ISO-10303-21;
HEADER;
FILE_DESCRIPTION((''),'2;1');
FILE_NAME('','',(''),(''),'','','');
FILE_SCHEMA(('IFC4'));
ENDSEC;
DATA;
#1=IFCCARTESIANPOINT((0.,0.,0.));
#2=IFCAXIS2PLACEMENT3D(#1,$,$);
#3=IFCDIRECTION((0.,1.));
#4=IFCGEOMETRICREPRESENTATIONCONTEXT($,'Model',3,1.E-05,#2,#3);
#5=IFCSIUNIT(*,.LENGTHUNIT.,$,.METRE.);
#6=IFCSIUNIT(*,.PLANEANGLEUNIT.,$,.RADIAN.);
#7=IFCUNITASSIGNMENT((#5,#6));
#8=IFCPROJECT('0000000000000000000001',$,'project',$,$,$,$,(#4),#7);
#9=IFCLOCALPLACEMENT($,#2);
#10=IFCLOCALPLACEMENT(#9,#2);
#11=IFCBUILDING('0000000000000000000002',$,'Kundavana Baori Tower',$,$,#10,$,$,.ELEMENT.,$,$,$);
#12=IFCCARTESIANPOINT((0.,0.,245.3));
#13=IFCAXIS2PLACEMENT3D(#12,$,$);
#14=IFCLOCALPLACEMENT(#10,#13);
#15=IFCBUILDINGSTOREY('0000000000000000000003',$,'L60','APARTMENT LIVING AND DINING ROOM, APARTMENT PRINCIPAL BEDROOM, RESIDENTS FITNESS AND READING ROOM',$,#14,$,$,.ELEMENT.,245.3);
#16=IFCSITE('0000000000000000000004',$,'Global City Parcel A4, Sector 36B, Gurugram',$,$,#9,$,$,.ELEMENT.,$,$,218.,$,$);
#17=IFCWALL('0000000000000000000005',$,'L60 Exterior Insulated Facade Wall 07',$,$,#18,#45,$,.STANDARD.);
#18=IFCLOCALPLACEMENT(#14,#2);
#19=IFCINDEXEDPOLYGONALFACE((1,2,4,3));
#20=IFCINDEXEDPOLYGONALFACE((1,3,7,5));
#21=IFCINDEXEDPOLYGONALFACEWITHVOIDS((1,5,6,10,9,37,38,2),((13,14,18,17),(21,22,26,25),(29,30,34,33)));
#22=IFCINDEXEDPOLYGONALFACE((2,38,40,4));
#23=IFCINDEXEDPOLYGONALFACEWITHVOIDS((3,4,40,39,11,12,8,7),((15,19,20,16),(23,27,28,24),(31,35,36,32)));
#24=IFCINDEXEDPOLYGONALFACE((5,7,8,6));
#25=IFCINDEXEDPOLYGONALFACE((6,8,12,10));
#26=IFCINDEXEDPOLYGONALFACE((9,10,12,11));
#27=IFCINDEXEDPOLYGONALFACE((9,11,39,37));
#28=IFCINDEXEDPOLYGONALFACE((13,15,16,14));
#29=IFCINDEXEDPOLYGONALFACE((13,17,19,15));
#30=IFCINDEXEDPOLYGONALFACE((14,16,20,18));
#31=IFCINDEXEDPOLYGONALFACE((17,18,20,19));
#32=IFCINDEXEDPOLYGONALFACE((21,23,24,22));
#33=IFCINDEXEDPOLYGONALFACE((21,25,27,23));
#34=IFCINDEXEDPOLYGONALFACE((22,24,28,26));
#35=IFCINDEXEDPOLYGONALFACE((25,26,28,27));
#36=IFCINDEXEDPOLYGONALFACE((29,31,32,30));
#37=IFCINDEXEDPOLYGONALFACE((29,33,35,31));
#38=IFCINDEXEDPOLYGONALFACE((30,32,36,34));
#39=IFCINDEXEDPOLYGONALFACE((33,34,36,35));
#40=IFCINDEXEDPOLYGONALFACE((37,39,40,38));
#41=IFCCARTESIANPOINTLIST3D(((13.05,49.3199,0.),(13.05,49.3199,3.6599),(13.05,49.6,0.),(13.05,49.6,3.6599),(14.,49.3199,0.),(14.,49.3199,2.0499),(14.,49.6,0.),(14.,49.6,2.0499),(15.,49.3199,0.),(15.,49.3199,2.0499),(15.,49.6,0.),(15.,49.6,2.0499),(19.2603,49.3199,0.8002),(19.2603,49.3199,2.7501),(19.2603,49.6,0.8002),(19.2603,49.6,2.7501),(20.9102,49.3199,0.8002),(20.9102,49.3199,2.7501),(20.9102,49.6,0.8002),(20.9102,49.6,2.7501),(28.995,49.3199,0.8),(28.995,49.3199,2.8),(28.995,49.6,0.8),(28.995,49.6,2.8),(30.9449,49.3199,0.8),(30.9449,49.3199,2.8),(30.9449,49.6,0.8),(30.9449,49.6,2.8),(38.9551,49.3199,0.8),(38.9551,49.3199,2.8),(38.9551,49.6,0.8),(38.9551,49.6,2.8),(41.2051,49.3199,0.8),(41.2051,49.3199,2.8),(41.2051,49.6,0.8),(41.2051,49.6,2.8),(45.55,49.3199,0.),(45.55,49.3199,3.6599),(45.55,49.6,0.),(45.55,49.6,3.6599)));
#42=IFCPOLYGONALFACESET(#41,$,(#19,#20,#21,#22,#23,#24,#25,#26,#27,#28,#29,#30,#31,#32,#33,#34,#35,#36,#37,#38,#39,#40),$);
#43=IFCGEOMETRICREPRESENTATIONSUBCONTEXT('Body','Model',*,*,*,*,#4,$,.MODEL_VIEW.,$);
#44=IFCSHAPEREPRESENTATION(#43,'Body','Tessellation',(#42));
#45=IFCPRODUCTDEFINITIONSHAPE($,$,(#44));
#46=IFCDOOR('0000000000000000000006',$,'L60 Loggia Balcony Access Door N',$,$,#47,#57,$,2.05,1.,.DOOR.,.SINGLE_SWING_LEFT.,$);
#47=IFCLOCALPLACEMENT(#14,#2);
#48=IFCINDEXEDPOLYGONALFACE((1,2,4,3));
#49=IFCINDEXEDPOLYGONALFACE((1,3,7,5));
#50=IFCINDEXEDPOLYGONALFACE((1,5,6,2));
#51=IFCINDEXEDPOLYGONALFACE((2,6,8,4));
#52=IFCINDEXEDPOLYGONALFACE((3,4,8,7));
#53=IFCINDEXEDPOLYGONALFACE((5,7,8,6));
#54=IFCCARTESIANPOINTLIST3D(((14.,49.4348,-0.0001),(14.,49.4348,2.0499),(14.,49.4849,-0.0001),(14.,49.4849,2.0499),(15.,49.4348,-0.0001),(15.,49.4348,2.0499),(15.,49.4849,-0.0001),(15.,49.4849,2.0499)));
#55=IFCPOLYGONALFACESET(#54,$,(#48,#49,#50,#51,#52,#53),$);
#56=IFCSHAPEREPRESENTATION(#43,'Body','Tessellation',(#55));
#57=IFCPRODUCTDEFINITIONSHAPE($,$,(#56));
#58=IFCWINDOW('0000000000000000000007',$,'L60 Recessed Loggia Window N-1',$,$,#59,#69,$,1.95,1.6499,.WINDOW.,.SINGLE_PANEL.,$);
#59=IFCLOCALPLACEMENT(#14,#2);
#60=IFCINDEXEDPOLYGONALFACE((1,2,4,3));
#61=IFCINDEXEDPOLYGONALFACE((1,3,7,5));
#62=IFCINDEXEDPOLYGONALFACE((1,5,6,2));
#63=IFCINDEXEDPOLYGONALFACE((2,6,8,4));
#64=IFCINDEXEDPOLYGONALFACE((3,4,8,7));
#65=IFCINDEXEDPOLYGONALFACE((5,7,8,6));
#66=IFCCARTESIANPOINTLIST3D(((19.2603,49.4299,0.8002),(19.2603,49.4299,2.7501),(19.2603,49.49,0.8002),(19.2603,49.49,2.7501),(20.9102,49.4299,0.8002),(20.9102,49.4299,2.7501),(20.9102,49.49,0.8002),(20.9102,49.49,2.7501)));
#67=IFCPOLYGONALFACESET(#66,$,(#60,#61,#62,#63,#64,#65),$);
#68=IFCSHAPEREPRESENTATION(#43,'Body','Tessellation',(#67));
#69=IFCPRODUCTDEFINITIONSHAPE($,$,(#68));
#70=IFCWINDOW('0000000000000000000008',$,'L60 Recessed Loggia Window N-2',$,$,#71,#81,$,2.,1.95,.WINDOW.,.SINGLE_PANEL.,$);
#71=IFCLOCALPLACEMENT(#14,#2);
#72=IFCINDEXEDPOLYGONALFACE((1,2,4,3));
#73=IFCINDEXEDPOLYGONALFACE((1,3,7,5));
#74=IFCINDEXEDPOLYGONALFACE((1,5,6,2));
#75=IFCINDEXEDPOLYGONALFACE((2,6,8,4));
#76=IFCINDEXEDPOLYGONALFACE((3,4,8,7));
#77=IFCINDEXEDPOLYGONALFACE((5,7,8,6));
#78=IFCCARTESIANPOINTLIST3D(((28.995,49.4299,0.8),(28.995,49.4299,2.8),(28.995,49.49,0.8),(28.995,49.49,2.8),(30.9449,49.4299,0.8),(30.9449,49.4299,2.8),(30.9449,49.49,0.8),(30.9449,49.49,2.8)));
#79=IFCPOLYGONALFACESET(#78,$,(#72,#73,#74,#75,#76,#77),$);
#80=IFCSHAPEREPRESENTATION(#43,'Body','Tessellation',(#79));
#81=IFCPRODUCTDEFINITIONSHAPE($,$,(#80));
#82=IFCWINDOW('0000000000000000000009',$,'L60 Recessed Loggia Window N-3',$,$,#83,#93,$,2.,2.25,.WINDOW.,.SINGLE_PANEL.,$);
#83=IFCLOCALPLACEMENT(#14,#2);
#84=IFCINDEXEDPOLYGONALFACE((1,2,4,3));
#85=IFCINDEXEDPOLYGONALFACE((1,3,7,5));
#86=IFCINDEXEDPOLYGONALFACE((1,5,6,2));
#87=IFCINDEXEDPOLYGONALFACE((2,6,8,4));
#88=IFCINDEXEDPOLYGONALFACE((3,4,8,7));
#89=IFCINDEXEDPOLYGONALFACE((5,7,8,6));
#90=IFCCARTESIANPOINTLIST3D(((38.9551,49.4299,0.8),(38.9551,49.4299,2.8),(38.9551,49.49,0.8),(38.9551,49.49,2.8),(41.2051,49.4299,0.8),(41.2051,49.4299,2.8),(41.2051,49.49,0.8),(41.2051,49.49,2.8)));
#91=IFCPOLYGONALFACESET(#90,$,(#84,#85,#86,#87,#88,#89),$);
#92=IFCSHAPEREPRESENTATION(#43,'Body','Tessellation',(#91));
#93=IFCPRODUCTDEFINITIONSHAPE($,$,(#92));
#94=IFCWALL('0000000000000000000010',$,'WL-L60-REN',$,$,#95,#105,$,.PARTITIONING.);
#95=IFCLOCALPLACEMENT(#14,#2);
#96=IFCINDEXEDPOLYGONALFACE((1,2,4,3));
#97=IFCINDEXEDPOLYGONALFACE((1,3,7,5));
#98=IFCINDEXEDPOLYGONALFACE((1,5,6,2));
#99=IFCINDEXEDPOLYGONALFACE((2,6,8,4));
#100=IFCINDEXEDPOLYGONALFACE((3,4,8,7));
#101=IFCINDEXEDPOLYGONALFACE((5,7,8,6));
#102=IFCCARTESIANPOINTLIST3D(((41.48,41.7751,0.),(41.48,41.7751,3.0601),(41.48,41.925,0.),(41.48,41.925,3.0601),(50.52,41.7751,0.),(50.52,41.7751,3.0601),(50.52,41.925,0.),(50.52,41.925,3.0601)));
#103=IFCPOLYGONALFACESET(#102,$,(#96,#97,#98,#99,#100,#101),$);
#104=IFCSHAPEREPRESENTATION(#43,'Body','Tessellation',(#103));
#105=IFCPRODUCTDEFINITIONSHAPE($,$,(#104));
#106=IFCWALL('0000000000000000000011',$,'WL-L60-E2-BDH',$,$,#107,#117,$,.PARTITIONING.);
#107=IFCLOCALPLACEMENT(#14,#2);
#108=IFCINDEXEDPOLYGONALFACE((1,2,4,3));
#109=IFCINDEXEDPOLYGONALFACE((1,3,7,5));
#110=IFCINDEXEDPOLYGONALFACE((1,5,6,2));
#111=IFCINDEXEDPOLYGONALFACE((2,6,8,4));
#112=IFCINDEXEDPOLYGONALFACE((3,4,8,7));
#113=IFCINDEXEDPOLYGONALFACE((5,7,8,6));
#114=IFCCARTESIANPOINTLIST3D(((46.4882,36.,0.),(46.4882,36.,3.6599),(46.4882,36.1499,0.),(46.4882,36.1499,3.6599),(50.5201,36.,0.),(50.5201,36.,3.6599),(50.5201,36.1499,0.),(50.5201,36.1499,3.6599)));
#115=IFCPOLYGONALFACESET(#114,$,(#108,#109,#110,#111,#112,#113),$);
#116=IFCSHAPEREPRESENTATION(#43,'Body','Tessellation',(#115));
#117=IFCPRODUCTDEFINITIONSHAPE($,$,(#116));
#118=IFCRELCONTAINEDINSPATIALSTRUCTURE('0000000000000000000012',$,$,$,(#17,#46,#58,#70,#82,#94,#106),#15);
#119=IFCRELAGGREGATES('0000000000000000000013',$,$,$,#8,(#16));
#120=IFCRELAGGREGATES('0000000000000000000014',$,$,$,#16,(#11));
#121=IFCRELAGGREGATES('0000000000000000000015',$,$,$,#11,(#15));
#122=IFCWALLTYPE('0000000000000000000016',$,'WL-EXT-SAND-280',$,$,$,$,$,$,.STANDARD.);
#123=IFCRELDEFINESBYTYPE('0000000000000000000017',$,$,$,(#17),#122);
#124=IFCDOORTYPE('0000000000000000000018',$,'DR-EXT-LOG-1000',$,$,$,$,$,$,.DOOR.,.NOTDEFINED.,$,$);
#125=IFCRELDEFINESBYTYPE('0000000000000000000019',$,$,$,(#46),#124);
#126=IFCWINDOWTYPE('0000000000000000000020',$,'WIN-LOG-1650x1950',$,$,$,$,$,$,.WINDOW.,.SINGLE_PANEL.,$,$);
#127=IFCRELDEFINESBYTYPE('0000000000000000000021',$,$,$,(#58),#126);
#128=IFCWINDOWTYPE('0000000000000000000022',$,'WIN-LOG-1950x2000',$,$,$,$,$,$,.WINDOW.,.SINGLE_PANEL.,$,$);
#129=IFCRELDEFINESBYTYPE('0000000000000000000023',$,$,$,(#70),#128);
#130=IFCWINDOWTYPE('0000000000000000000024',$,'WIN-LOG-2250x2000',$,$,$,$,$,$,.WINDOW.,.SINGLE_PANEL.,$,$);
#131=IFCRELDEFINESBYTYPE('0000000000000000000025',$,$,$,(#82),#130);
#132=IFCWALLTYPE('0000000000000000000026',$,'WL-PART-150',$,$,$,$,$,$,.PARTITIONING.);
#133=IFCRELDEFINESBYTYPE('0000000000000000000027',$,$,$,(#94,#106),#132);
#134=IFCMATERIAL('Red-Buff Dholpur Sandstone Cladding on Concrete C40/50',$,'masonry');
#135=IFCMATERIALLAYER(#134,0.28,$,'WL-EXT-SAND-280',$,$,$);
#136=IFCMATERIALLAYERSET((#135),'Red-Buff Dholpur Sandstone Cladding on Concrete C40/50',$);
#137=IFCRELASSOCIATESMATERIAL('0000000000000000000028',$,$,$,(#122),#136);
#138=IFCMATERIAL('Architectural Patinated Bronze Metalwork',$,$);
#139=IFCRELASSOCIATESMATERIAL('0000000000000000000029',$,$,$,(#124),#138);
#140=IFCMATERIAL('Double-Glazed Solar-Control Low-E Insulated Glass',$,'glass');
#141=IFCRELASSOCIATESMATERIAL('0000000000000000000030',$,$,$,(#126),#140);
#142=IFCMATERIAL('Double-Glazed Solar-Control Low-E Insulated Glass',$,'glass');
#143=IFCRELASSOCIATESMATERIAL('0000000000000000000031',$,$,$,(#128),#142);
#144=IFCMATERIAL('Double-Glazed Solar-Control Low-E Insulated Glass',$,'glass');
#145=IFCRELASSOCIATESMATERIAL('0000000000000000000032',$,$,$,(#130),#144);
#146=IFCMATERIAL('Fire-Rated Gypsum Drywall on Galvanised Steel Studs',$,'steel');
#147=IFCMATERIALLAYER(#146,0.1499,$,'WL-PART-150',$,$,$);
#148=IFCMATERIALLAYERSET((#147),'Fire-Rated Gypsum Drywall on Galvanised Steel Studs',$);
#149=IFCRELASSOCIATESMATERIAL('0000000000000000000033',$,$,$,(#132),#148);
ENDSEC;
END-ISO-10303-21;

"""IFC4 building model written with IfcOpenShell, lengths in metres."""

from ifc_helpers import new_model, si_unit, direction, frame, frame_2d, origin, place, context, subcontext, project, spatial, rectangle, extrude, material, layer, layer_set, type_object, element, fill, save


model = new_model("IFC4")

# Units and contexts
model_context = context("Model", 3, precision=1e-05, world=origin(), true_north=direction((0.0, 1.0)))
body_context = subcontext(model_context, "Body", "Model", "MODEL_VIEW")
ifc_project = project(units=[si_unit("LENGTHUNIT", "METRE"), si_unit("PLANEANGLEUNIT", "RADIAN")], contexts=[model_context])

# Site, building, storey
site_placement = place(None, origin())
site = spatial("IfcSite", under=ifc_project, at=site_placement, Name="Global City Parcel A4, Sector 36B, Gurugram", CompositionType="ELEMENT", RefElevation=218.0)
building_placement = place(site_placement, origin())
building = spatial("IfcBuilding", under=site, at=building_placement, Name="Kundavana Baori Tower", CompositionType="ELEMENT")
storey_placement = place(building_placement, frame((0.0, 0.0, 245.3)))
storey = spatial("IfcBuildingStorey", under=building, at=storey_placement, Name="L60", Description="APARTMENT LIVING AND DINING ROOM, APARTMENT PRINCIPAL BEDROOM, RESIDENTS FITNESS AND READING ROOM", CompositionType="ELEMENT", Elevation=245.3)

# Shared definitions
ifc_material_1 = material(Name="Red-Buff Dholpur Sandstone Cladding on Concrete C40/50", Category="masonry")
ifc_layer_1 = layer(ifc_material_1, 0.28, Name="WL-EXT-SAND-280")
ifc_layer_set_1 = layer_set([ifc_layer_1], Name="Red-Buff Dholpur Sandstone Cladding on Concrete C40/50")
wall_type_1 = type_object("IfcWallType", Name="WL-EXT-SAND-280", PredefinedType="STANDARD", material=ifc_layer_set_1)

# Wall, openings, door, windows
wall_1_placement = place(storey_placement, frame((45.55, 49.46, 0.0), z_axis=(0.0, 0.0, 1.0), x_axis=(-1.0, 0.0, 0.0)))
wall_1 = element("IfcWall", 1, at=wall_1_placement, inside=storey, type_object=wall_type_1, Name="L60 Exterior Insulated Facade Wall 07", PredefinedType="STANDARD", context=body_context, shape_type="SweptSolid", body=[
    extrude(rectangle(XDim=32.5, YDim=0.28, at=frame_2d((16.25, 0.0))), origin(), (0.0, 0.0, 1.0), 3.6599),
])
opening_1_placement = place(wall_1_placement, frame((30.55, 0.0, 0.0)))
opening_1 = element("IfcOpeningElement", 2, at=opening_1_placement, cuts=wall_1, PredefinedType="OPENING", context=body_context, shape_type="SweptSolid", body=[
    extrude(rectangle(XDim=1.0, YDim=2.05, at=frame_2d((0.5, 1.0249))), frame((0.0, 0.1499, 0.0), z_axis=(0.0, -1.0, 0.0), x_axis=(1.0, 0.0, 0.0)), (0.0, 0.0, 1.0), 0.3),
])
opening_2_placement = place(wall_1_placement, frame((24.6399, 0.0, 0.8)))
opening_2 = element("IfcOpeningElement", 3, at=opening_2_placement, cuts=wall_1, PredefinedType="OPENING", context=body_context, shape_type="SweptSolid", body=[
    extrude(rectangle(XDim=1.6499, YDim=1.95, at=frame_2d((0.825, 0.9751))), frame((0.0, 0.1499, 0.0), z_axis=(0.0, -1.0, 0.0), x_axis=(1.0, 0.0, 0.0)), (0.0, 0.0, 1.0), 0.3),
])
opening_3_placement = place(wall_1_placement, frame((14.605, 0.0, 0.8)))
opening_3 = element("IfcOpeningElement", 4, at=opening_3_placement, cuts=wall_1, PredefinedType="OPENING", context=body_context, shape_type="SweptSolid", body=[
    extrude(rectangle(XDim=1.95, YDim=2.0, at=frame_2d((0.9751, 1.0))), frame((0.0, 0.1499, 0.0), z_axis=(0.0, -1.0, 0.0), x_axis=(1.0, 0.0, 0.0)), (0.0, 0.0, 1.0), 0.3),
])
opening_4_placement = place(wall_1_placement, frame((4.345, 0.0, 0.8)))
opening_4 = element("IfcOpeningElement", 5, at=opening_4_placement, cuts=wall_1, PredefinedType="OPENING", context=body_context, shape_type="SweptSolid", body=[
    extrude(rectangle(XDim=2.25, YDim=2.0, at=frame_2d((1.125, 1.0))), frame((0.0, 0.1499, 0.0), z_axis=(0.0, -1.0, 0.0), x_axis=(1.0, 0.0, 0.0)), (0.0, 0.0, 1.0), 0.3),
])
ifc_material_2 = material(Name="Architectural Patinated Bronze Metalwork")
door_type_1 = type_object("IfcDoorType", Name="DR-EXT-LOG-1000", OperationType="NOTDEFINED", PredefinedType="DOOR", material=ifc_material_2)
door_1_placement = place(opening_1_placement, frame((1.0, 0.0, 0.0), z_axis=(0.0, 0.0, 1.0), x_axis=(-1.0, 0.0, 0.0)))
door_1 = element("IfcDoor", 6, at=door_1_placement, inside=storey, type_object=door_type_1, Name="L60 Loggia Balcony Access Door N", OperationType="SINGLE_SWING_LEFT", OverallHeight=2.05, OverallWidth=1.0, PredefinedType="DOOR", context=body_context, shape_type="SweptSolid", body=[
    extrude(rectangle(XDim=1.0, YDim=2.05, at=frame_2d((0.5, 1.0249))), frame((0.0, 0.0249, 0.0), z_axis=(0.0, -1.0, 0.0), x_axis=(1.0, 0.0, 0.0)), (0.0, 0.0, 1.0), 0.05),
])
fill(opening_1, door_1)
ifc_material_3 = material(Name="Double-Glazed Solar-Control Low-E Insulated Glass", Category="glass")
window_type_1 = type_object("IfcWindowType", Name="WIN-LOG-1650x1950", PartitioningType="SINGLE_PANEL", PredefinedType="WINDOW", material=ifc_material_3)
window_1_placement = place(opening_2_placement, origin())
window_1 = element("IfcWindow", 7, at=window_1_placement, inside=storey, type_object=window_type_1, Name="L60 Recessed Loggia Window N-1", OverallHeight=1.95, OverallWidth=1.6499, PartitioningType="SINGLE_PANEL", PredefinedType="WINDOW", context=body_context, shape_type="SweptSolid", body=[
    extrude(rectangle(XDim=1.6499, YDim=1.95, at=frame_2d((0.825, 0.9751))), frame((0.0, 0.03, 0.0), z_axis=(0.0, -1.0, 0.0), x_axis=(1.0, 0.0, 0.0)), (0.0, 0.0, 1.0), 0.0601),
])
fill(opening_2, window_1)
ifc_material_4 = material(Name="Double-Glazed Solar-Control Low-E Insulated Glass", Category="glass")
window_type_2 = type_object("IfcWindowType", Name="WIN-LOG-1950x2000", PartitioningType="SINGLE_PANEL", PredefinedType="WINDOW", material=ifc_material_4)
window_2_placement = place(opening_3_placement, origin())
window_2 = element("IfcWindow", 8, at=window_2_placement, inside=storey, type_object=window_type_2, Name="L60 Recessed Loggia Window N-2", OverallHeight=2.0, OverallWidth=1.95, PartitioningType="SINGLE_PANEL", PredefinedType="WINDOW", context=body_context, shape_type="SweptSolid", body=[
    extrude(rectangle(XDim=1.95, YDim=2.0, at=frame_2d((0.9751, 1.0))), frame((0.0, 0.03, 0.0), z_axis=(0.0, -1.0, 0.0), x_axis=(1.0, 0.0, 0.0)), (0.0, 0.0, 1.0), 0.0601),
])
fill(opening_3, window_2)
ifc_material_5 = material(Name="Double-Glazed Solar-Control Low-E Insulated Glass", Category="glass")
window_type_3 = type_object("IfcWindowType", Name="WIN-LOG-2250x2000", PartitioningType="SINGLE_PANEL", PredefinedType="WINDOW", material=ifc_material_5)
window_3_placement = place(opening_4_placement, origin())
window_3 = element("IfcWindow", 9, at=window_3_placement, inside=storey, type_object=window_type_3, Name="L60 Recessed Loggia Window N-3", OverallHeight=2.0, OverallWidth=2.25, PartitioningType="SINGLE_PANEL", PredefinedType="WINDOW", context=body_context, shape_type="SweptSolid", body=[
    extrude(rectangle(XDim=2.25, YDim=2.0, at=frame_2d((1.125, 1.0))), frame((0.0, 0.03, 0.0), z_axis=(0.0, -1.0, 0.0), x_axis=(1.0, 0.0, 0.0)), (0.0, 0.0, 1.0), 0.0601),
])
fill(opening_4, window_3)

# Walls
ifc_material_6 = material(Name="Fire-Rated Gypsum Drywall on Galvanised Steel Studs", Category="steel")
ifc_layer_2 = layer(ifc_material_6, 0.1499, Name="WL-PART-150")
ifc_layer_set_2 = layer_set([ifc_layer_2], Name="Fire-Rated Gypsum Drywall on Galvanised Steel Studs")
wall_type_2 = type_object("IfcWallType", Name="WL-PART-150", PredefinedType="PARTITIONING", material=ifc_layer_set_2)
wall_2_placement = place(storey_placement, frame((41.48, 41.8501, 0.0), z_axis=(0.0, 0.0, 1.0), x_axis=(1.0, 0.0, 0.0)))
element("IfcWall", 10, at=wall_2_placement, inside=storey, type_object=wall_type_2, Name="WL-L60-REN", PredefinedType="PARTITIONING", context=body_context, shape_type="SweptSolid", body=[
    extrude(rectangle(XDim=9.04, YDim=0.1499, at=frame_2d((4.52, 0.0))), origin(), (0.0, 0.0, 1.0), 3.0601),
])
wall_3_placement = place(storey_placement, frame((46.488, 36.075, 0.0), z_axis=(0.0, 0.0, 1.0), x_axis=(1.0, 0.0, 0.0)))
element("IfcWall", 11, at=wall_3_placement, inside=storey, type_object=wall_type_2, Name="WL-L60-E2-BDH", PredefinedType="PARTITIONING", context=body_context, shape_type="SweptSolid", body=[
    extrude(rectangle(XDim=4.032, YDim=0.1499, at=frame_2d((2.0161, 0.0))), origin(), (0.0, 0.0, 1.0), 3.6599),
])

save(model, "model.ifc")
